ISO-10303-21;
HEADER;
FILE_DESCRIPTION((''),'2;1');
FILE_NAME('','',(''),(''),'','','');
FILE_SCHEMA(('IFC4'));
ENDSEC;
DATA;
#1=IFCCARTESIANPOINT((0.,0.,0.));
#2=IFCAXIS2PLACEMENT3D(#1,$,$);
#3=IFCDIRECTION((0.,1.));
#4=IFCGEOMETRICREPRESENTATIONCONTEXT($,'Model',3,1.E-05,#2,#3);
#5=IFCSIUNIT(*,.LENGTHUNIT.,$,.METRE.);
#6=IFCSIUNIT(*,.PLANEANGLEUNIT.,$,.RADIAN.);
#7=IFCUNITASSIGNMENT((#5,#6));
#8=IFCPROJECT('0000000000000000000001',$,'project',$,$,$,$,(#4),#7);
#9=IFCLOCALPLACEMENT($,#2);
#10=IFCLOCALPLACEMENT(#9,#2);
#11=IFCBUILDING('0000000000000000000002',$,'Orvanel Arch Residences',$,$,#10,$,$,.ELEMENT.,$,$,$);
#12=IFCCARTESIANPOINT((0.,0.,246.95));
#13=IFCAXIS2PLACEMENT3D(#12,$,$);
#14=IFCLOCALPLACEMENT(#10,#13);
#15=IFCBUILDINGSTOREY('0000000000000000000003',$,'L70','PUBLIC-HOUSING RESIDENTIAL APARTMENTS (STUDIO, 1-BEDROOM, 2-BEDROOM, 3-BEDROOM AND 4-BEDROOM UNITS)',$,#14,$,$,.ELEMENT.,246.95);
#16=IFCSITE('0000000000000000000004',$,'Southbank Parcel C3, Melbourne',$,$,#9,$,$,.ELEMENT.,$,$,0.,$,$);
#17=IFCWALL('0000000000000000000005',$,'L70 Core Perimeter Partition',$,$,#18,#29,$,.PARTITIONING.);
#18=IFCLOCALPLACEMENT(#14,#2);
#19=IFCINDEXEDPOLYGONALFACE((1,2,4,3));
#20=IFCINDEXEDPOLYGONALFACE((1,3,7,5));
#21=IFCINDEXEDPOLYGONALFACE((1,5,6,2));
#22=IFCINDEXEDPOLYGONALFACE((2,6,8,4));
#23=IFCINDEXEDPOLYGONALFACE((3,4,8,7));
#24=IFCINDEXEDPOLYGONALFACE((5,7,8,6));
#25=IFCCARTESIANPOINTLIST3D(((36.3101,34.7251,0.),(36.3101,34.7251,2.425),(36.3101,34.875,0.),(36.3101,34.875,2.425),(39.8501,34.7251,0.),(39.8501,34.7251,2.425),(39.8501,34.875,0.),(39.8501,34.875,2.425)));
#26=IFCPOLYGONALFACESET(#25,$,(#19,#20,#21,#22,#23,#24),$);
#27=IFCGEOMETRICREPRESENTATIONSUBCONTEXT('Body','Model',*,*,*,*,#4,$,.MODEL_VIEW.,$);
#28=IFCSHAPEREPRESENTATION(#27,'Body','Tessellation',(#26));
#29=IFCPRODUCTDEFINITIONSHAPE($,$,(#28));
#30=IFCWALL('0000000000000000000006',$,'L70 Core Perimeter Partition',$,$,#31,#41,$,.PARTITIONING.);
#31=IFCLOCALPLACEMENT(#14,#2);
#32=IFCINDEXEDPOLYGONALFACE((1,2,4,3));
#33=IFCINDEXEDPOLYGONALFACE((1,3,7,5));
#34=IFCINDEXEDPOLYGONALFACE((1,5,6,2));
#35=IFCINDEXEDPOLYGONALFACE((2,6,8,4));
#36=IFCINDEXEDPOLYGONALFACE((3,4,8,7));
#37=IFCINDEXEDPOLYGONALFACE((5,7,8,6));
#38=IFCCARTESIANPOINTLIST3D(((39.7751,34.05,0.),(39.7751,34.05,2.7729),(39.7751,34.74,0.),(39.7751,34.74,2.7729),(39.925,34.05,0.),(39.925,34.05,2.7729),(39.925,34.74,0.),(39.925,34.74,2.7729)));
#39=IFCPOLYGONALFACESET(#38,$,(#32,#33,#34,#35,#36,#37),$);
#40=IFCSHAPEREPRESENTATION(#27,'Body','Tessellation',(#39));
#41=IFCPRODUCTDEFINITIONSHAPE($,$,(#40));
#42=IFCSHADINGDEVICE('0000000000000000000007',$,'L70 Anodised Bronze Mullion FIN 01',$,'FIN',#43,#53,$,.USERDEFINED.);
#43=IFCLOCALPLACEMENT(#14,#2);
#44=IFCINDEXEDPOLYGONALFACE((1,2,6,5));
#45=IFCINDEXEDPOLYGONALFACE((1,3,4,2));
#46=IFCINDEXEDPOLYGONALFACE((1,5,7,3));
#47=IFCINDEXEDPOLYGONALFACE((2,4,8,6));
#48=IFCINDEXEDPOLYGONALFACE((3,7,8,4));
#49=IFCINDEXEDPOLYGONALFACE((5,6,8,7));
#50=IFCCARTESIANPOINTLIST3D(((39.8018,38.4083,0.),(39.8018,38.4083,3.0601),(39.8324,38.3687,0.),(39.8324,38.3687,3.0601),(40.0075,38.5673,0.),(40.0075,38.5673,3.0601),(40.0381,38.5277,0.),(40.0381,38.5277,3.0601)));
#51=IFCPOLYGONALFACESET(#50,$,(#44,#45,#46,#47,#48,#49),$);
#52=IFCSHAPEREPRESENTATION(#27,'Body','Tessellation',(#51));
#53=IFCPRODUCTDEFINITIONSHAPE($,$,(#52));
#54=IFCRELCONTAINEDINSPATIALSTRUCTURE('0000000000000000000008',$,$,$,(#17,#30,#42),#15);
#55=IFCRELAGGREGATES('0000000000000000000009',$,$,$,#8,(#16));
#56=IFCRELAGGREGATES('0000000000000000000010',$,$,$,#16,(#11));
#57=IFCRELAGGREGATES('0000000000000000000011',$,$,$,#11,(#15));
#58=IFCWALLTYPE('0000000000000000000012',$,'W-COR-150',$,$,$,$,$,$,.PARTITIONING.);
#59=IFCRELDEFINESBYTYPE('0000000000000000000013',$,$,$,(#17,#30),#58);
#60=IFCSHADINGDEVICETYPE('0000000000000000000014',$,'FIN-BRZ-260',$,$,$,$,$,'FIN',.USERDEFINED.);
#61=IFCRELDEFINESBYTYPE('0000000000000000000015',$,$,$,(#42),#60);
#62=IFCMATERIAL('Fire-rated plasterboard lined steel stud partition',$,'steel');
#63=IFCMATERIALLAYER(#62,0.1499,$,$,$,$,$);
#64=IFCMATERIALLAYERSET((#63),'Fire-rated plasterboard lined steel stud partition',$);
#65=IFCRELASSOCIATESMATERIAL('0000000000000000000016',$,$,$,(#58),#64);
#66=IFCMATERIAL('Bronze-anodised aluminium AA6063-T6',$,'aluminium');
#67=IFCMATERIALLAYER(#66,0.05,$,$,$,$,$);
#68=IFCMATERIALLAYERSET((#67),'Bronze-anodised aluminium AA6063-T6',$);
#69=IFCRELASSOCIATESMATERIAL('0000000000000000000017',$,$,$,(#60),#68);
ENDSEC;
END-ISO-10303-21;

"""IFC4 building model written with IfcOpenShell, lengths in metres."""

from ifc_helpers import new_model, si_unit, direction, frame, frame_2d, origin, origin_2d, place, context, subcontext, project, spatial, rectangle, extrude, material, layer, layer_set, type_object, element, save


model = new_model("IFC4")

# Units and contexts
model_context = context("Model", 3, precision=1e-05, world=origin(), true_north=direction((0.0, 1.0)))
body_context = subcontext(model_context, "Body", "Model", "MODEL_VIEW")
ifc_project = project(units=[si_unit("LENGTHUNIT", "METRE"), si_unit("PLANEANGLEUNIT", "RADIAN")], contexts=[model_context])

# Site, building, storey
site_placement = place(None, origin())
site = spatial("IfcSite", under=ifc_project, at=site_placement, Name="Southbank Parcel C3, Melbourne", CompositionType="ELEMENT", RefElevation=0.0)
building_placement = place(site_placement, origin())
building = spatial("IfcBuilding", under=site, at=building_placement, Name="Orvanel Arch Residences", CompositionType="ELEMENT")
storey_placement = place(building_placement, frame((0.0, 0.0, 246.95)))
storey = spatial("IfcBuildingStorey", under=building, at=storey_placement, Name="L70", Description="PUBLIC-HOUSING RESIDENTIAL APARTMENTS (STUDIO, 1-BEDROOM, 2-BEDROOM, 3-BEDROOM AND 4-BEDROOM UNITS)", CompositionType="ELEMENT", Elevation=246.95)

# Shared definitions
ifc_material_1 = material(Name="Bronze-anodised aluminium AA6063-T6", Category="aluminium")

# Walls
ifc_material_2 = material(Name="Fire-rated plasterboard lined steel stud partition", Category="steel")
ifc_layer_1 = layer(ifc_material_2, 0.1499)
ifc_layer_set_1 = layer_set([ifc_layer_1], Name="Fire-rated plasterboard lined steel stud partition")
wall_type_1 = type_object("IfcWallType", Name="W-COR-150", PredefinedType="PARTITIONING", material=ifc_layer_set_1)
wall_1_placement = place(storey_placement, frame((36.3101, 34.8, 0.0), z_axis=(0.0, 0.0, 1.0), x_axis=(1.0, 0.0, 0.0)))
element("IfcWall", 1, at=wall_1_placement, inside=storey, type_object=wall_type_1, Name="L70 Core Perimeter Partition", PredefinedType="PARTITIONING", context=body_context, shape_type="SweptSolid", body=[
    extrude(rectangle(XDim=3.54, YDim=0.1499, at=frame_2d((1.77, 0.0))), origin(), (0.0, 0.0, 1.0), 2.425),
])
wall_2_placement = place(storey_placement, frame((39.8501, 34.74, 0.0), z_axis=(0.0, 0.0, 1.0), x_axis=(0.0, -1.0, 0.0)))
element("IfcWall", 2, at=wall_2_placement, inside=storey, type_object=wall_type_1, Name="L70 Core Perimeter Partition", PredefinedType="PARTITIONING", context=body_context, shape_type="SweptSolid", body=[
    extrude(rectangle(XDim=0.6899, YDim=0.1499, at=frame_2d((0.345, 0.0))), origin(), (0.0, 0.0, 1.0), 2.7729),
])

# Shading device
ifc_layer_2 = layer(ifc_material_1, 0.05)
ifc_layer_set_2 = layer_set([ifc_layer_2], Name="Bronze-anodised aluminium AA6063-T6")
shading_device_type = type_object("IfcShadingDeviceType", Name="FIN-BRZ-260", ElementType="FIN", PredefinedType="USERDEFINED", material=ifc_layer_set_2)
shading_device_placement = place(storey_placement, frame((39.9199, 38.468, 0.0), z_axis=(0.0, 0.0, 1.0), x_axis=(0.791224, 0.611527, 0.0)))
element("IfcShadingDevice", 3, at=shading_device_placement, inside=storey, type_object=shading_device_type, Name="L70 Anodised Bronze Mullion FIN 01", ObjectType="FIN", PredefinedType="USERDEFINED", context=body_context, shape_type="SweptSolid", body=[
    extrude(rectangle(XDim=0.26, YDim=0.05, at=origin_2d()), origin(), (0.0, 0.0, 1.0), 3.0601),
])

save(model, "model.ifc")
